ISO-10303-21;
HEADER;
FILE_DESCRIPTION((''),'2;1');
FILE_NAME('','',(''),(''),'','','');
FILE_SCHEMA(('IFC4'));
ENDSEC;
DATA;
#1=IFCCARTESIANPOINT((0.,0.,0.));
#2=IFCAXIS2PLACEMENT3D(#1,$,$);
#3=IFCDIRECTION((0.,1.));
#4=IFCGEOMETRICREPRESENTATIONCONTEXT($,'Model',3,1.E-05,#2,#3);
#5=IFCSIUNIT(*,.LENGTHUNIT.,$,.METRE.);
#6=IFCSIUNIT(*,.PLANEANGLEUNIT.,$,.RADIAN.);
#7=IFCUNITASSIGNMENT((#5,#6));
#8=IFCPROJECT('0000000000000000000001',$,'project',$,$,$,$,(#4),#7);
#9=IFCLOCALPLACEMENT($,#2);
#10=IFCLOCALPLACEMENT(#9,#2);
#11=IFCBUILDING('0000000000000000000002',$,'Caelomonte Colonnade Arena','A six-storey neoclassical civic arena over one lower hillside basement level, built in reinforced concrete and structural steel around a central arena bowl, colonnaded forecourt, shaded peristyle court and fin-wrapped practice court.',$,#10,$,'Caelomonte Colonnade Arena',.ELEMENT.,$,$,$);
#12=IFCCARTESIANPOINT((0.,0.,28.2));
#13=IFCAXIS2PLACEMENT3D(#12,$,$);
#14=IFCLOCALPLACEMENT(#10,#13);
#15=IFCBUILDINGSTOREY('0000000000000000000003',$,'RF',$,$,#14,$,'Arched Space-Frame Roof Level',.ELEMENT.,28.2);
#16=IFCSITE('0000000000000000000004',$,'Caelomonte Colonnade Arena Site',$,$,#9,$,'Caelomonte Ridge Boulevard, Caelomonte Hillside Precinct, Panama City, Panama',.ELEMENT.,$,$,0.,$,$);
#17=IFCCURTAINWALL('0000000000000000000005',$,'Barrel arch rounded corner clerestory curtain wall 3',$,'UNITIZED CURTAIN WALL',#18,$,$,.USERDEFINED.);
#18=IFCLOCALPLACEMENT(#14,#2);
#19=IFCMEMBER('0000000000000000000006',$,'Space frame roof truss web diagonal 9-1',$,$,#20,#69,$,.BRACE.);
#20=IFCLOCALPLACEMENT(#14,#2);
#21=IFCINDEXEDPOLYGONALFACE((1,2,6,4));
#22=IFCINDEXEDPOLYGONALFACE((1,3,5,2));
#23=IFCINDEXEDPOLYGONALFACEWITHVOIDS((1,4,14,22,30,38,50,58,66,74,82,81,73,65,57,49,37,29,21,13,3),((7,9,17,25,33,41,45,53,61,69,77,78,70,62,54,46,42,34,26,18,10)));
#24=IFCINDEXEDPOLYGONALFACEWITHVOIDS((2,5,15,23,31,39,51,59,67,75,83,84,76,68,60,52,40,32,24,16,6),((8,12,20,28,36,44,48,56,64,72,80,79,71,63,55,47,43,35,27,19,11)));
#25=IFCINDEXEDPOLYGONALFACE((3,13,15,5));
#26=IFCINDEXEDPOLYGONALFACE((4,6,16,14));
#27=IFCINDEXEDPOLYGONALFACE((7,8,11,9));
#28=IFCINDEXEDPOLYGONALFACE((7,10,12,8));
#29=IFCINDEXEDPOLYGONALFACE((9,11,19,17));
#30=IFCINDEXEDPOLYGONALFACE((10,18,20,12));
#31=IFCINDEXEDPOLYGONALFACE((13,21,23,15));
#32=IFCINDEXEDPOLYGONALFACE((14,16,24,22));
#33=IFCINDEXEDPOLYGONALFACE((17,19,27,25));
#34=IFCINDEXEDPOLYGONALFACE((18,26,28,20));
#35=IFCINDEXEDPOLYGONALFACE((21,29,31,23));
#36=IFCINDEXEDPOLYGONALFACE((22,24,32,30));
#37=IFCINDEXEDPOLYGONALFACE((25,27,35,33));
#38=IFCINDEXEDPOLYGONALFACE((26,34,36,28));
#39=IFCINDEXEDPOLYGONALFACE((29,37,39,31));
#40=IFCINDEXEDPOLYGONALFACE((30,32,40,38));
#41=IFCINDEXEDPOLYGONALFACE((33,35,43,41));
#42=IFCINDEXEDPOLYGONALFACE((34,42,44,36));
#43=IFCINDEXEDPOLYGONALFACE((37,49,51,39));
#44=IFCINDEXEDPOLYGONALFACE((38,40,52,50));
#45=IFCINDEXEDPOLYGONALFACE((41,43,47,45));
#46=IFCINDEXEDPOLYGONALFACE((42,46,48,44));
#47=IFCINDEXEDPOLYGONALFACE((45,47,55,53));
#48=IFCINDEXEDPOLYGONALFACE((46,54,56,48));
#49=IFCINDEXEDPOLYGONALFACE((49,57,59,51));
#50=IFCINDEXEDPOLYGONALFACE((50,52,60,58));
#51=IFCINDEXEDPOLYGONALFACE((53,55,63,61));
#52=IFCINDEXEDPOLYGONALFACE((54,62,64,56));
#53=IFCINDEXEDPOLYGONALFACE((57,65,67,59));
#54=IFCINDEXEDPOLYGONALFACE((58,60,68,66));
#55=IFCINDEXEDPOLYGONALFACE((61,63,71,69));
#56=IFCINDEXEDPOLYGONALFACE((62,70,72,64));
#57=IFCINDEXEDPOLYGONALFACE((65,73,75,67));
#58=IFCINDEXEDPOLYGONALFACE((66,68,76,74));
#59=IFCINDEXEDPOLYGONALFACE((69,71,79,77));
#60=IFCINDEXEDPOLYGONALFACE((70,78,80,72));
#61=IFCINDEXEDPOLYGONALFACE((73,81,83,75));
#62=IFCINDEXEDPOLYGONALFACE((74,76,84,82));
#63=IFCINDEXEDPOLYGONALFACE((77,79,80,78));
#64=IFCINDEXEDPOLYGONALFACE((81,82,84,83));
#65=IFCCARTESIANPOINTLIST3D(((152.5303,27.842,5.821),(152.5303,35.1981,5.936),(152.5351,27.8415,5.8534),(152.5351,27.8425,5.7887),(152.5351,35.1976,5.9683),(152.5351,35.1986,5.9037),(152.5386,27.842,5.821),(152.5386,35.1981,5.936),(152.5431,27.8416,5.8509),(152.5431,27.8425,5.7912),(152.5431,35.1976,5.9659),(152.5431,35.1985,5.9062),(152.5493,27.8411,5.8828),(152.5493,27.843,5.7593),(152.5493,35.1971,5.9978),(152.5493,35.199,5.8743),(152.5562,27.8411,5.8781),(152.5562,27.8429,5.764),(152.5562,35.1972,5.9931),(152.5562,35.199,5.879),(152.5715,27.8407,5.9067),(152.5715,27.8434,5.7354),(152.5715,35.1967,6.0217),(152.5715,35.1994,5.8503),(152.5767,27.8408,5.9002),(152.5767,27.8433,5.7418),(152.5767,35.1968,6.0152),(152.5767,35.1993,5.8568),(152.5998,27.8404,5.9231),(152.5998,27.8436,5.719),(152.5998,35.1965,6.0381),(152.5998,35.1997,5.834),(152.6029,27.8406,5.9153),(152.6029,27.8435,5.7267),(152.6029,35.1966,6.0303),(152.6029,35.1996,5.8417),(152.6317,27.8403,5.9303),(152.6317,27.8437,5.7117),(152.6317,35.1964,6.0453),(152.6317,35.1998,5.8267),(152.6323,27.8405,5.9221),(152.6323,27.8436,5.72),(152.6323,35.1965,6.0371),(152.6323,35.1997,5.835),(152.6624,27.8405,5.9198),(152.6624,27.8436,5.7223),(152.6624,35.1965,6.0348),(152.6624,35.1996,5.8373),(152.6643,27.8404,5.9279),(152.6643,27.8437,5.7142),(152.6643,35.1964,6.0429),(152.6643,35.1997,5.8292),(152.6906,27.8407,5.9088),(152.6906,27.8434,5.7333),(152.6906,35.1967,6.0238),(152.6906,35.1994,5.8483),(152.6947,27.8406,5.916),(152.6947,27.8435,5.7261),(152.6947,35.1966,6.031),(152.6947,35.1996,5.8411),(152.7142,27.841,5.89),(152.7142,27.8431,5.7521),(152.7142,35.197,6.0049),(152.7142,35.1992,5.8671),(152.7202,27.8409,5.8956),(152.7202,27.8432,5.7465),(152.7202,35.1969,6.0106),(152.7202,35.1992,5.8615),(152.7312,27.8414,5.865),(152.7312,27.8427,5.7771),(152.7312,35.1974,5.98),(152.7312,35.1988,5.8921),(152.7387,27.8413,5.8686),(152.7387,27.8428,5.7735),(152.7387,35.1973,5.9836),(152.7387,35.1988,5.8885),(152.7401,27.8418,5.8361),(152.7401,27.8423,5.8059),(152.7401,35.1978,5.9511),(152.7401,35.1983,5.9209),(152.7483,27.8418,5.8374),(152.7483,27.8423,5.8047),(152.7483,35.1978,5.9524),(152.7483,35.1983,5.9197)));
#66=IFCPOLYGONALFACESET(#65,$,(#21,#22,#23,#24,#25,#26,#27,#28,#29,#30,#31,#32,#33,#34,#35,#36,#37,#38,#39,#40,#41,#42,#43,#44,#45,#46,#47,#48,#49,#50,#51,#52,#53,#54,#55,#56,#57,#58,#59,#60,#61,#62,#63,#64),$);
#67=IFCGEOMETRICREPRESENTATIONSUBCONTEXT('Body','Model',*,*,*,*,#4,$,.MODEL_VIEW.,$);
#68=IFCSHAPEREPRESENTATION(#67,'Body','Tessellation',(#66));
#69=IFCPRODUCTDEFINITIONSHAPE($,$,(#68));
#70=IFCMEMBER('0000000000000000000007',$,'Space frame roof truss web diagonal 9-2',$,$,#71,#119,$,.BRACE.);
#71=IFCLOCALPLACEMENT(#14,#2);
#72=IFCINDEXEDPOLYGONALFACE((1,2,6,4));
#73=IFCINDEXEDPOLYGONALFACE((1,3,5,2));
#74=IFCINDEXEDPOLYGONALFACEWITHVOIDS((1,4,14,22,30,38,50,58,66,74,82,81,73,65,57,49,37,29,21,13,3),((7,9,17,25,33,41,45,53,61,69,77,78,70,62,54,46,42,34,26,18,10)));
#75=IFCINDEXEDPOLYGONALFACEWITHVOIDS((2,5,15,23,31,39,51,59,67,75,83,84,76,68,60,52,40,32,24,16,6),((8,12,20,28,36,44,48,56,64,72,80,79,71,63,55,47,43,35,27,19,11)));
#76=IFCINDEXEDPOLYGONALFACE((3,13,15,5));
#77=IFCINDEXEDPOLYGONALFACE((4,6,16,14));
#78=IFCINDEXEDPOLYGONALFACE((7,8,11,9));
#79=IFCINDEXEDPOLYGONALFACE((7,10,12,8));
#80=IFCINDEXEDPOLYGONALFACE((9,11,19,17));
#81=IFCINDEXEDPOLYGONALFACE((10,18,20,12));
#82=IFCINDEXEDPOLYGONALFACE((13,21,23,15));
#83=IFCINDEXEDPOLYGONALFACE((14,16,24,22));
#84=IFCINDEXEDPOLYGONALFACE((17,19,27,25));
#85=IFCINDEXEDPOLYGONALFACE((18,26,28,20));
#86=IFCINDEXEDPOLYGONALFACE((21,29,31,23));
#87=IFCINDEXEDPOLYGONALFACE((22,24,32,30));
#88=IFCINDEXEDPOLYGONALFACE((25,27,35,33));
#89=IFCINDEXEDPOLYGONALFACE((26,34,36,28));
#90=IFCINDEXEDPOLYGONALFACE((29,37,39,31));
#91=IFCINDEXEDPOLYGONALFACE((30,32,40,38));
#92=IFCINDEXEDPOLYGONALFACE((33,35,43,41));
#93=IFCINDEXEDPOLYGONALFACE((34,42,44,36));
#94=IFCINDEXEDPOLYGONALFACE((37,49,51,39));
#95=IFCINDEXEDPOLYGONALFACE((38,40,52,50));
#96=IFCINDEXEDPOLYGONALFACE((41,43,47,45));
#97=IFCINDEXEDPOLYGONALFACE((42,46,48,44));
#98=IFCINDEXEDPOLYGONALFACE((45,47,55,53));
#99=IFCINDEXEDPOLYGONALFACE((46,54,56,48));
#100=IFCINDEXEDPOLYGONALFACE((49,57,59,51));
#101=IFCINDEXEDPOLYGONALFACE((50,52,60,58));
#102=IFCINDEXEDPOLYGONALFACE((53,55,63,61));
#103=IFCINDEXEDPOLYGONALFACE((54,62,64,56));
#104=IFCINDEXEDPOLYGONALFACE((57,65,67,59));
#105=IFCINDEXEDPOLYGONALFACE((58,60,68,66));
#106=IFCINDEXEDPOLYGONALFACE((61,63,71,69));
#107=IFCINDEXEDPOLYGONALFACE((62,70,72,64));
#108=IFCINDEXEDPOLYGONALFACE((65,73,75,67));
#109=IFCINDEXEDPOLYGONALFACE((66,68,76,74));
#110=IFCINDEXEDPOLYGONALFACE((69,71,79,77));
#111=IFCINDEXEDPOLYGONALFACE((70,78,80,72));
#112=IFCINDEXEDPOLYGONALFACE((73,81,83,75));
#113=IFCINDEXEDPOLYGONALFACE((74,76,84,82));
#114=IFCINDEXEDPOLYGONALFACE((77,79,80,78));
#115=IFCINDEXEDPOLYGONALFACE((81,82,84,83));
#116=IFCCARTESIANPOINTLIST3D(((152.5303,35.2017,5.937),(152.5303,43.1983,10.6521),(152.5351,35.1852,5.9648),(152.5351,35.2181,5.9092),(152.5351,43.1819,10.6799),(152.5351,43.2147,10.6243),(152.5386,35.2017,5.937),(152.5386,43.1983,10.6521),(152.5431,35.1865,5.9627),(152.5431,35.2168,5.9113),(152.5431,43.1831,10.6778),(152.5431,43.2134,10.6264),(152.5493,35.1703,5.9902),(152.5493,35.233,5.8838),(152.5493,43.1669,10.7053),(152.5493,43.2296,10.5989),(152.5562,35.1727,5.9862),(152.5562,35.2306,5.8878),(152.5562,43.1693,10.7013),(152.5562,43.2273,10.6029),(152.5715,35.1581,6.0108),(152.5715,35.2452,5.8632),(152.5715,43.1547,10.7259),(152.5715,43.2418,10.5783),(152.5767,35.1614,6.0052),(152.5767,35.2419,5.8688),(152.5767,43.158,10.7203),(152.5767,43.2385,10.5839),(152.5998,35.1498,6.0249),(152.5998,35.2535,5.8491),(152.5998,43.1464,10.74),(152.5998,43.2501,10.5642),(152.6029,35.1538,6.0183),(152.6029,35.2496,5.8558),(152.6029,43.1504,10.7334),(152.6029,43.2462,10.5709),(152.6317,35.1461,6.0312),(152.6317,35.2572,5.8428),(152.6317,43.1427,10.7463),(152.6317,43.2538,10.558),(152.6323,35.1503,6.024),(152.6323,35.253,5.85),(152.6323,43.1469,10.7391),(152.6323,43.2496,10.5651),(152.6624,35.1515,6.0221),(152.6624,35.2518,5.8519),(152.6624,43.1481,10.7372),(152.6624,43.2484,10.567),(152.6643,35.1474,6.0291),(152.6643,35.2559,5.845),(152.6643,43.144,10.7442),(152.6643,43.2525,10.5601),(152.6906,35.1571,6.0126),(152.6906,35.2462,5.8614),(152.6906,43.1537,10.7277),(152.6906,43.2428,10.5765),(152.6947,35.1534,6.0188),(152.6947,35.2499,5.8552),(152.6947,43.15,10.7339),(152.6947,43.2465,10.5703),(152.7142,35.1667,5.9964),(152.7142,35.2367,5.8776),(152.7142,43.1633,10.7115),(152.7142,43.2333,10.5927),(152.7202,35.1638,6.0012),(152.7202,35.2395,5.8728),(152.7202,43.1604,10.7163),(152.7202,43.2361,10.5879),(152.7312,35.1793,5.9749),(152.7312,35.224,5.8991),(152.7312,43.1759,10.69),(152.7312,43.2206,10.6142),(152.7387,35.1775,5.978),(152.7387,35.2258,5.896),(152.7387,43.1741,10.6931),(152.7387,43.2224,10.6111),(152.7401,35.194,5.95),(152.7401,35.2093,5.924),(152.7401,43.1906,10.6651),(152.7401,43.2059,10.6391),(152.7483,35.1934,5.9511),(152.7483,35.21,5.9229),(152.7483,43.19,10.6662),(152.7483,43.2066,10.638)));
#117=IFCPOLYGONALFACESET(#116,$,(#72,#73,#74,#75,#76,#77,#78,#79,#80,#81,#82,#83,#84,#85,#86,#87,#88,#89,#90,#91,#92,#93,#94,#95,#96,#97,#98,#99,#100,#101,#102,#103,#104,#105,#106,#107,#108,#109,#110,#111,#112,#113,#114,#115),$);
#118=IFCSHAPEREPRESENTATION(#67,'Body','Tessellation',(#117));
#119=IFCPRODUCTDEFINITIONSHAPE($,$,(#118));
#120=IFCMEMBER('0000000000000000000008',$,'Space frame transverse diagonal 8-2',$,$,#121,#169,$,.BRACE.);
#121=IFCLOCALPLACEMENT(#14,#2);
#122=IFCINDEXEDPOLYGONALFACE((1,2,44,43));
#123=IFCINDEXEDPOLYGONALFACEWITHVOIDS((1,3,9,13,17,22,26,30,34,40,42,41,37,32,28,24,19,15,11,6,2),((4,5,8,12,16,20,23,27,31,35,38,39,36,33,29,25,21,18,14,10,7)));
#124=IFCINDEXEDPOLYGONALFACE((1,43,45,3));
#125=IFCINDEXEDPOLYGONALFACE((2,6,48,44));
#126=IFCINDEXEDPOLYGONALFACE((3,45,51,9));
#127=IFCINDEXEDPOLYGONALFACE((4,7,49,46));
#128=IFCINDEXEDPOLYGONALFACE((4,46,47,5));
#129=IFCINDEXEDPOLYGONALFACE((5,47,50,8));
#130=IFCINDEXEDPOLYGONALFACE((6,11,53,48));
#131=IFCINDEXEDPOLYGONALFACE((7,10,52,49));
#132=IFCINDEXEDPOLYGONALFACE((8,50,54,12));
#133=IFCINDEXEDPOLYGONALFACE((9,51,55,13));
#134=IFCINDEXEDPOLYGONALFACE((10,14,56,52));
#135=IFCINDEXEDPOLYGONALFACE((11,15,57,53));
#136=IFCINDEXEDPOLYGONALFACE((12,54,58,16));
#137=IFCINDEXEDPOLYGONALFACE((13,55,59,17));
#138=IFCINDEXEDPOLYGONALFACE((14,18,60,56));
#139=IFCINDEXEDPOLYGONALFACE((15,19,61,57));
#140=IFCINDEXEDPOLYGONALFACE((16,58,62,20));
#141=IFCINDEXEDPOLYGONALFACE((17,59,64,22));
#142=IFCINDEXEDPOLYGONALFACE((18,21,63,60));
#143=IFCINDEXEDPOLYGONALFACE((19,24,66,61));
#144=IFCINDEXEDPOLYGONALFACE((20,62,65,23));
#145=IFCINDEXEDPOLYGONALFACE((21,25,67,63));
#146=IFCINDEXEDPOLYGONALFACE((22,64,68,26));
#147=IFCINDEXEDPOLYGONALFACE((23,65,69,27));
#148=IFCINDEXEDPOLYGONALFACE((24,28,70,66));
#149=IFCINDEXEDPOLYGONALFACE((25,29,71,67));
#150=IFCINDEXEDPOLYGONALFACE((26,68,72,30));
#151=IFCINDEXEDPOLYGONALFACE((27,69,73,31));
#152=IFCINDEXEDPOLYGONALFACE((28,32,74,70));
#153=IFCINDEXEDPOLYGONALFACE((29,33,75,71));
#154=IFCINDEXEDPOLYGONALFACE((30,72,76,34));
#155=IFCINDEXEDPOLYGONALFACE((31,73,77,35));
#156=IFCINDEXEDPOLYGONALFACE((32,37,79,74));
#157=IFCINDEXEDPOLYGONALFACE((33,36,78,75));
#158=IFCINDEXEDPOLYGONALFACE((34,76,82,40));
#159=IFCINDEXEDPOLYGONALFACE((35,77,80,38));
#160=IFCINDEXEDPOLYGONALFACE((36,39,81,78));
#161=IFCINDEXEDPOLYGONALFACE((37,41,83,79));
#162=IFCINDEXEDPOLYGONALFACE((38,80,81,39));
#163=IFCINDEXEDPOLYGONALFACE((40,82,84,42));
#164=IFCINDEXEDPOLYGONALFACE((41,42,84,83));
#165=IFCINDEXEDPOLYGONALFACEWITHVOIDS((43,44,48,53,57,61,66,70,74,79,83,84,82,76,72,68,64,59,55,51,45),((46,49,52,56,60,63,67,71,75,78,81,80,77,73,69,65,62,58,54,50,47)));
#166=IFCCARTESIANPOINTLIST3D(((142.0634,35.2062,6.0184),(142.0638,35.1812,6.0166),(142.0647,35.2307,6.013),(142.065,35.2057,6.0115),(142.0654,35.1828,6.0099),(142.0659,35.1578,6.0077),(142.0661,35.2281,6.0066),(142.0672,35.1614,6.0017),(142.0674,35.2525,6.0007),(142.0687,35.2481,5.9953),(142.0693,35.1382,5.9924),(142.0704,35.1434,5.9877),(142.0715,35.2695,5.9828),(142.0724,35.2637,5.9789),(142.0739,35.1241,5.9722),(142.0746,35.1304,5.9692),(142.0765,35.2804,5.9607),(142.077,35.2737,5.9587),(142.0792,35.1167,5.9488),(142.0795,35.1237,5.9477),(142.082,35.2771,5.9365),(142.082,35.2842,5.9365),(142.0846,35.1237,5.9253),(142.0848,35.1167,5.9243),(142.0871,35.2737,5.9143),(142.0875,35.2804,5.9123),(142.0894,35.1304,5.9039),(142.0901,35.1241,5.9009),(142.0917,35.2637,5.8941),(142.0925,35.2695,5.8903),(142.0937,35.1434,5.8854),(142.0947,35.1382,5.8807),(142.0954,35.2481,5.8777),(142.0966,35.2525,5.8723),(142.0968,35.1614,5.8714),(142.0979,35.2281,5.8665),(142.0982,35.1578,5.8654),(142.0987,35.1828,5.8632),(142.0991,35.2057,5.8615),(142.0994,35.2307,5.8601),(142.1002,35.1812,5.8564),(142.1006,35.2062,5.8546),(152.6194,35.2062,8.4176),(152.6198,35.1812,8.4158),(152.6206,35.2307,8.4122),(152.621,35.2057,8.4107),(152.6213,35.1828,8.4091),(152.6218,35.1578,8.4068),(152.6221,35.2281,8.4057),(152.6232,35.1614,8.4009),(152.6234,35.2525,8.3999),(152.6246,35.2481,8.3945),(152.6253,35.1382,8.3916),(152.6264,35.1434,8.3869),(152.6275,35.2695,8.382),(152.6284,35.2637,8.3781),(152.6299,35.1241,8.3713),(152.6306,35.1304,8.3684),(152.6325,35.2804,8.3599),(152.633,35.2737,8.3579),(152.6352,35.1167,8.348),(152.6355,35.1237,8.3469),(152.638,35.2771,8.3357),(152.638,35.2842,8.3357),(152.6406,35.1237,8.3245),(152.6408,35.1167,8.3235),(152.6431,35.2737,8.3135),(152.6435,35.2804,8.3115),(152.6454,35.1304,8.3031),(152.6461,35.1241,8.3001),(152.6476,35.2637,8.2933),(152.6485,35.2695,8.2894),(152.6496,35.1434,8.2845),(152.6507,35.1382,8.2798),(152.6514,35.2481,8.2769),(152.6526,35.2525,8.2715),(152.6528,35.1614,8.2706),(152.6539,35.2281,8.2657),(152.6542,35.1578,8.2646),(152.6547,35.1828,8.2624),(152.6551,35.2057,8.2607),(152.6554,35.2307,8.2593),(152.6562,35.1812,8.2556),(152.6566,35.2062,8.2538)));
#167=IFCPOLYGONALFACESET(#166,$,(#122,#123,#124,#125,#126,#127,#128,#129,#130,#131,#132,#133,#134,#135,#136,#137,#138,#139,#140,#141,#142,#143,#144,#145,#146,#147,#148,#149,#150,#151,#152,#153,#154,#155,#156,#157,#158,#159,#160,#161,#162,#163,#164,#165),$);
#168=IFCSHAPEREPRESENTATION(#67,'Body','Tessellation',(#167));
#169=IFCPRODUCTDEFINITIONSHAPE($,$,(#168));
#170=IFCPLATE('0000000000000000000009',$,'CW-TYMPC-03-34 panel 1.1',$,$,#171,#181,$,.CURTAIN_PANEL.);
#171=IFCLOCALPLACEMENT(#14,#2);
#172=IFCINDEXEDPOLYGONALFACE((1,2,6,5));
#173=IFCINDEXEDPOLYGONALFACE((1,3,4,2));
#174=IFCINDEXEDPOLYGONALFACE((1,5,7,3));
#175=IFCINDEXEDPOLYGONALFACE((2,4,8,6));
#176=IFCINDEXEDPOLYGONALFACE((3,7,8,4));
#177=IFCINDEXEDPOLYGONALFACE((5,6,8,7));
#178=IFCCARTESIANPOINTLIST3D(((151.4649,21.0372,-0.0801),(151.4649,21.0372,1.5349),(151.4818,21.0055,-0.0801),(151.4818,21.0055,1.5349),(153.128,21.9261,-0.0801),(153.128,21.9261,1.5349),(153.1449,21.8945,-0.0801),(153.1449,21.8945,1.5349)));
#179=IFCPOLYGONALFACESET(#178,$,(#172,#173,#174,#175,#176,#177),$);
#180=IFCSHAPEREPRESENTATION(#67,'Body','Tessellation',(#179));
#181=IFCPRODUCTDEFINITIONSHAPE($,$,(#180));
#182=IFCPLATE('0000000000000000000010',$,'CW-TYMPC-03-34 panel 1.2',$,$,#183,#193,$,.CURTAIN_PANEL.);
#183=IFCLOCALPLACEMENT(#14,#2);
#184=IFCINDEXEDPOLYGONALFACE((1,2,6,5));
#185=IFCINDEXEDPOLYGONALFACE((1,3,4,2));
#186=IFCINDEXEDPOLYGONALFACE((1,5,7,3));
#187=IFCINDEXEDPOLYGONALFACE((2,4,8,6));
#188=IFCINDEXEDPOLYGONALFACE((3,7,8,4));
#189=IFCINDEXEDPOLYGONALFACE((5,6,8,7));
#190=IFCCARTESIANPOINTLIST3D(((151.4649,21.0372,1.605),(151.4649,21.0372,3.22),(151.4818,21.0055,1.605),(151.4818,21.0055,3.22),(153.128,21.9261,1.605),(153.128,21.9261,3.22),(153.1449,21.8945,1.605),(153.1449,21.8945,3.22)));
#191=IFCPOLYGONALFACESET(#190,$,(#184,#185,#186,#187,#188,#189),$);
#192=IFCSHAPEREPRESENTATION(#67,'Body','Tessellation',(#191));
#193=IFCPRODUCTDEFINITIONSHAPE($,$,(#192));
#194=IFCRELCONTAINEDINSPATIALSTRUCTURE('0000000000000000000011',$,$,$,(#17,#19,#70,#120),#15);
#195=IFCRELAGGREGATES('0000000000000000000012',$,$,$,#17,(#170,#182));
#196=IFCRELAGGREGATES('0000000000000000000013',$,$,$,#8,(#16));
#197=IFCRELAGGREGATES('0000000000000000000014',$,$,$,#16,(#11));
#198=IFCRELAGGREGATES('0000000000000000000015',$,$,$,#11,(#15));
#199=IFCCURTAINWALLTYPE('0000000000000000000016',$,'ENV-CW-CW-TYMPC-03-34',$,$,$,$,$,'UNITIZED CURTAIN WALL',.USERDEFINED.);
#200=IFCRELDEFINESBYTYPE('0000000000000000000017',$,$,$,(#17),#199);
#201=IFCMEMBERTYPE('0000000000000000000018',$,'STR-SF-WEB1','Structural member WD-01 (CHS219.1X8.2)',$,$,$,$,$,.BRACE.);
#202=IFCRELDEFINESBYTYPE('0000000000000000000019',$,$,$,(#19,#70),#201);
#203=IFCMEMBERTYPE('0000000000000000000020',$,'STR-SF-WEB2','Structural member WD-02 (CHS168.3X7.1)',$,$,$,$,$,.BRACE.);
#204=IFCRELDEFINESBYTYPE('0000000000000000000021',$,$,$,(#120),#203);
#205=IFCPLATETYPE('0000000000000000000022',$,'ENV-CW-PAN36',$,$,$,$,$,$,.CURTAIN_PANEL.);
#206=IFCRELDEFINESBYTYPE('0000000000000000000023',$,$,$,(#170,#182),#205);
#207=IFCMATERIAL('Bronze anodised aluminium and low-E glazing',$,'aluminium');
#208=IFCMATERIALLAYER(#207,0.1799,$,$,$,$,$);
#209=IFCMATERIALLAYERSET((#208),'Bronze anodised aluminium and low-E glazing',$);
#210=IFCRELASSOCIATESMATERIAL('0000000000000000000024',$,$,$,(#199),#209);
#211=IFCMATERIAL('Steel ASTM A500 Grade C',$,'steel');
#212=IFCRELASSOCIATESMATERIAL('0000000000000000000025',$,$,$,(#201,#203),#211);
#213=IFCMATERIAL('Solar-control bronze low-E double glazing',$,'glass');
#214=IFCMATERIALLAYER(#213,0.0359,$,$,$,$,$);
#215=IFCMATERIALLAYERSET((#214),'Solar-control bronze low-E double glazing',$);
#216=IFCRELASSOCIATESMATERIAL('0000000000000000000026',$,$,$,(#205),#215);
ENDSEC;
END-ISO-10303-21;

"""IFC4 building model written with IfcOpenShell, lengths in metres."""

from ifc_helpers import new_model, si_unit, direction, frame, origin, origin_2d, place, context, subcontext, project, spatial, rectangle, hollow_circle, extrude, material, layer, layer_set, material_profile, profile_set, type_object, element, aggregate, save


model = new_model("IFC4")

# Units and contexts
model_context = context("Model", 3, precision=1e-05, world=origin(), true_north=direction((0.0, 1.0)))
body_context = subcontext(model_context, "Body", "Model", "MODEL_VIEW")
ifc_project = project(units=[si_unit("LENGTHUNIT", "METRE"), si_unit("PLANEANGLEUNIT", "RADIAN")], contexts=[model_context])

# Site, building, storey
site_placement = place(None, origin())
site = spatial("IfcSite", under=ifc_project, at=site_placement, Name="Caelomonte Colonnade Arena Site", LongName="Caelomonte Ridge Boulevard, Caelomonte Hillside Precinct, Panama City, Panama", CompositionType="ELEMENT", RefElevation=0.0)
building_placement = place(site_placement, origin())
building = spatial("IfcBuilding", under=site, at=building_placement, Name="Caelomonte Colonnade Arena", Description="A six-storey neoclassical civic arena over one lower hillside basement level, built in reinforced concrete and structural steel around a central arena bowl, colonnaded forecourt, shaded peristyle court and fin-wrapped practice court.", LongName="Caelomonte Colonnade Arena", CompositionType="ELEMENT")
storey_placement = place(building_placement, frame((0.0, 0.0, 28.2)))
storey = spatial("IfcBuildingStorey", under=building, at=storey_placement, Name="RF", LongName="Arched Space-Frame Roof Level", CompositionType="ELEMENT", Elevation=28.2)

# Curtain wall
ifc_material_1 = material(Name="Bronze anodised aluminium and low-E glazing", Category="aluminium")
ifc_layer_1 = layer(ifc_material_1, 0.1799)
ifc_layer_set_1 = layer_set([ifc_layer_1], Name="Bronze anodised aluminium and low-E glazing")
curtain_wall_type = type_object("IfcCurtainWallType", Name="ENV-CW-CW-TYMPC-03-34", ElementType="UNITIZED CURTAIN WALL", PredefinedType="USERDEFINED", material=ifc_layer_set_1)
curtain_wall_placement = place(storey_placement, origin())
curtain_wall = element("IfcCurtainWall", 1, at=curtain_wall_placement, inside=storey, type_object=curtain_wall_type, Name="Barrel arch rounded corner clerestory curtain wall 3", ObjectType="UNITIZED CURTAIN WALL", PredefinedType="USERDEFINED")

# Members
ifc_material_2 = material(Name="Steel ASTM A500 Grade C", Category="steel")
ifc_material_profile_1 = material_profile(ifc_material_2, hollow_circle(Radius=0.1096, WallThickness=0.0083, at=origin_2d()), Name="CHS219.1X8.2")
ifc_profile_set_1 = profile_set([ifc_material_profile_1], Name="Steel ASTM A500 Grade C")
member_type_1 = type_object("IfcMemberType", Name="STR-SF-WEB1", Description="Structural member WD-01 (CHS219.1X8.2)", PredefinedType="BRACE", material=ifc_profile_set_1)
member_1_placement = place(storey_placement, frame((152.6399, 27.842, 5.821), z_axis=(0.0, 0.999878, 0.01563), x_axis=(-1.0, 0.0, 0.0)))
element("IfcMember", 2, at=member_1_placement, inside=storey, type_object=member_type_1, Name="Space frame roof truss web diagonal 9-1", PredefinedType="BRACE", context=body_context, shape_type="SweptSolid", body=[
    extrude(hollow_circle(Radius=0.1096, WallThickness=0.0083, at=origin_2d()), origin(), (0.0, 0.0, 1.0), 7.3569),
])
member_2_placement = place(storey_placement, frame((152.6399, 35.2017, 5.937), z_axis=(0.0, 0.861406, 0.507917), x_axis=(-1.0, 0.0, 0.0)))
element("IfcMember", 3, at=member_2_placement, inside=storey, type_object=member_type_1, Name="Space frame roof truss web diagonal 9-2", PredefinedType="BRACE", context=body_context, shape_type="SweptSolid", body=[
    extrude(hollow_circle(Radius=0.1096, WallThickness=0.0083, at=origin_2d()), origin(), (0.0, 0.0, 1.0), 9.2832),
])
ifc_material_profile_2 = material_profile(ifc_material_2, hollow_circle(Radius=0.0842, WallThickness=0.0071, at=origin_2d()), Name="CHS168.3X7.1")
ifc_profile_set_2 = profile_set([ifc_material_profile_2], Name="Steel ASTM A500 Grade C")
member_type_2 = type_object("IfcMemberType", Name="STR-SF-WEB2", Description="Structural member WD-02 (CHS168.3X7.1)", PredefinedType="BRACE", material=ifc_profile_set_2)
member_3_placement = place(storey_placement, frame((142.082, 35.2, 5.9365), z_axis=(0.975131, 0.0, 0.22163), x_axis=(0.0, 1.0, 0.0)))
element("IfcMember", 4, at=member_3_placement, inside=storey, type_object=member_type_2, Name="Space frame transverse diagonal 8-2", PredefinedType="BRACE", context=body_context, shape_type="SweptSolid", body=[
    extrude(hollow_circle(Radius=0.0842, WallThickness=0.0071, at=origin_2d()), origin(), (0.0, 0.0, 1.0), 10.8252),
])

# Plates
ifc_material_3 = material(Name="Solar-control bronze low-E double glazing", Category="glass")
ifc_layer_2 = layer(ifc_material_3, 0.0359)
ifc_layer_set_2 = layer_set([ifc_layer_2], Name="Solar-control bronze low-E double glazing")
plate_type_1 = type_object("IfcPlateType", Name="ENV-CW-PAN36", PredefinedType="CURTAIN_PANEL", material=ifc_layer_set_2)
plate_1_placement = place(storey_placement, frame((152.3049, 21.4658, -0.0801), z_axis=(0.0, 0.0, 1.0), x_axis=(0.881924, 0.471391, 0.0)))
plate_1 = element("IfcPlate", 5, at=plate_1_placement, type_object=plate_type_1, Name="CW-TYMPC-03-34 panel 1.1", PredefinedType="CURTAIN_PANEL", context=body_context, shape_type="SweptSolid", body=[
    extrude(rectangle(XDim=1.8857, YDim=0.0359, at=origin_2d()), origin(), (0.0, 0.0, 1.0), 1.615),
])
plate_2_placement = place(storey_placement, frame((152.3049, 21.4658, 1.605), z_axis=(0.0, 0.0, 1.0), x_axis=(0.881924, 0.471391, 0.0)))
plate_2 = element("IfcPlate", 6, at=plate_2_placement, type_object=plate_type_1, Name="CW-TYMPC-03-34 panel 1.2", PredefinedType="CURTAIN_PANEL", context=body_context, shape_type="SweptSolid", body=[
    extrude(rectangle(XDim=1.8857, YDim=0.0359, at=origin_2d()), origin(), (0.0, 0.0, 1.0), 1.615),
])
aggregate(curtain_wall, [plate_1, plate_2])

save(model, "model.ifc")
